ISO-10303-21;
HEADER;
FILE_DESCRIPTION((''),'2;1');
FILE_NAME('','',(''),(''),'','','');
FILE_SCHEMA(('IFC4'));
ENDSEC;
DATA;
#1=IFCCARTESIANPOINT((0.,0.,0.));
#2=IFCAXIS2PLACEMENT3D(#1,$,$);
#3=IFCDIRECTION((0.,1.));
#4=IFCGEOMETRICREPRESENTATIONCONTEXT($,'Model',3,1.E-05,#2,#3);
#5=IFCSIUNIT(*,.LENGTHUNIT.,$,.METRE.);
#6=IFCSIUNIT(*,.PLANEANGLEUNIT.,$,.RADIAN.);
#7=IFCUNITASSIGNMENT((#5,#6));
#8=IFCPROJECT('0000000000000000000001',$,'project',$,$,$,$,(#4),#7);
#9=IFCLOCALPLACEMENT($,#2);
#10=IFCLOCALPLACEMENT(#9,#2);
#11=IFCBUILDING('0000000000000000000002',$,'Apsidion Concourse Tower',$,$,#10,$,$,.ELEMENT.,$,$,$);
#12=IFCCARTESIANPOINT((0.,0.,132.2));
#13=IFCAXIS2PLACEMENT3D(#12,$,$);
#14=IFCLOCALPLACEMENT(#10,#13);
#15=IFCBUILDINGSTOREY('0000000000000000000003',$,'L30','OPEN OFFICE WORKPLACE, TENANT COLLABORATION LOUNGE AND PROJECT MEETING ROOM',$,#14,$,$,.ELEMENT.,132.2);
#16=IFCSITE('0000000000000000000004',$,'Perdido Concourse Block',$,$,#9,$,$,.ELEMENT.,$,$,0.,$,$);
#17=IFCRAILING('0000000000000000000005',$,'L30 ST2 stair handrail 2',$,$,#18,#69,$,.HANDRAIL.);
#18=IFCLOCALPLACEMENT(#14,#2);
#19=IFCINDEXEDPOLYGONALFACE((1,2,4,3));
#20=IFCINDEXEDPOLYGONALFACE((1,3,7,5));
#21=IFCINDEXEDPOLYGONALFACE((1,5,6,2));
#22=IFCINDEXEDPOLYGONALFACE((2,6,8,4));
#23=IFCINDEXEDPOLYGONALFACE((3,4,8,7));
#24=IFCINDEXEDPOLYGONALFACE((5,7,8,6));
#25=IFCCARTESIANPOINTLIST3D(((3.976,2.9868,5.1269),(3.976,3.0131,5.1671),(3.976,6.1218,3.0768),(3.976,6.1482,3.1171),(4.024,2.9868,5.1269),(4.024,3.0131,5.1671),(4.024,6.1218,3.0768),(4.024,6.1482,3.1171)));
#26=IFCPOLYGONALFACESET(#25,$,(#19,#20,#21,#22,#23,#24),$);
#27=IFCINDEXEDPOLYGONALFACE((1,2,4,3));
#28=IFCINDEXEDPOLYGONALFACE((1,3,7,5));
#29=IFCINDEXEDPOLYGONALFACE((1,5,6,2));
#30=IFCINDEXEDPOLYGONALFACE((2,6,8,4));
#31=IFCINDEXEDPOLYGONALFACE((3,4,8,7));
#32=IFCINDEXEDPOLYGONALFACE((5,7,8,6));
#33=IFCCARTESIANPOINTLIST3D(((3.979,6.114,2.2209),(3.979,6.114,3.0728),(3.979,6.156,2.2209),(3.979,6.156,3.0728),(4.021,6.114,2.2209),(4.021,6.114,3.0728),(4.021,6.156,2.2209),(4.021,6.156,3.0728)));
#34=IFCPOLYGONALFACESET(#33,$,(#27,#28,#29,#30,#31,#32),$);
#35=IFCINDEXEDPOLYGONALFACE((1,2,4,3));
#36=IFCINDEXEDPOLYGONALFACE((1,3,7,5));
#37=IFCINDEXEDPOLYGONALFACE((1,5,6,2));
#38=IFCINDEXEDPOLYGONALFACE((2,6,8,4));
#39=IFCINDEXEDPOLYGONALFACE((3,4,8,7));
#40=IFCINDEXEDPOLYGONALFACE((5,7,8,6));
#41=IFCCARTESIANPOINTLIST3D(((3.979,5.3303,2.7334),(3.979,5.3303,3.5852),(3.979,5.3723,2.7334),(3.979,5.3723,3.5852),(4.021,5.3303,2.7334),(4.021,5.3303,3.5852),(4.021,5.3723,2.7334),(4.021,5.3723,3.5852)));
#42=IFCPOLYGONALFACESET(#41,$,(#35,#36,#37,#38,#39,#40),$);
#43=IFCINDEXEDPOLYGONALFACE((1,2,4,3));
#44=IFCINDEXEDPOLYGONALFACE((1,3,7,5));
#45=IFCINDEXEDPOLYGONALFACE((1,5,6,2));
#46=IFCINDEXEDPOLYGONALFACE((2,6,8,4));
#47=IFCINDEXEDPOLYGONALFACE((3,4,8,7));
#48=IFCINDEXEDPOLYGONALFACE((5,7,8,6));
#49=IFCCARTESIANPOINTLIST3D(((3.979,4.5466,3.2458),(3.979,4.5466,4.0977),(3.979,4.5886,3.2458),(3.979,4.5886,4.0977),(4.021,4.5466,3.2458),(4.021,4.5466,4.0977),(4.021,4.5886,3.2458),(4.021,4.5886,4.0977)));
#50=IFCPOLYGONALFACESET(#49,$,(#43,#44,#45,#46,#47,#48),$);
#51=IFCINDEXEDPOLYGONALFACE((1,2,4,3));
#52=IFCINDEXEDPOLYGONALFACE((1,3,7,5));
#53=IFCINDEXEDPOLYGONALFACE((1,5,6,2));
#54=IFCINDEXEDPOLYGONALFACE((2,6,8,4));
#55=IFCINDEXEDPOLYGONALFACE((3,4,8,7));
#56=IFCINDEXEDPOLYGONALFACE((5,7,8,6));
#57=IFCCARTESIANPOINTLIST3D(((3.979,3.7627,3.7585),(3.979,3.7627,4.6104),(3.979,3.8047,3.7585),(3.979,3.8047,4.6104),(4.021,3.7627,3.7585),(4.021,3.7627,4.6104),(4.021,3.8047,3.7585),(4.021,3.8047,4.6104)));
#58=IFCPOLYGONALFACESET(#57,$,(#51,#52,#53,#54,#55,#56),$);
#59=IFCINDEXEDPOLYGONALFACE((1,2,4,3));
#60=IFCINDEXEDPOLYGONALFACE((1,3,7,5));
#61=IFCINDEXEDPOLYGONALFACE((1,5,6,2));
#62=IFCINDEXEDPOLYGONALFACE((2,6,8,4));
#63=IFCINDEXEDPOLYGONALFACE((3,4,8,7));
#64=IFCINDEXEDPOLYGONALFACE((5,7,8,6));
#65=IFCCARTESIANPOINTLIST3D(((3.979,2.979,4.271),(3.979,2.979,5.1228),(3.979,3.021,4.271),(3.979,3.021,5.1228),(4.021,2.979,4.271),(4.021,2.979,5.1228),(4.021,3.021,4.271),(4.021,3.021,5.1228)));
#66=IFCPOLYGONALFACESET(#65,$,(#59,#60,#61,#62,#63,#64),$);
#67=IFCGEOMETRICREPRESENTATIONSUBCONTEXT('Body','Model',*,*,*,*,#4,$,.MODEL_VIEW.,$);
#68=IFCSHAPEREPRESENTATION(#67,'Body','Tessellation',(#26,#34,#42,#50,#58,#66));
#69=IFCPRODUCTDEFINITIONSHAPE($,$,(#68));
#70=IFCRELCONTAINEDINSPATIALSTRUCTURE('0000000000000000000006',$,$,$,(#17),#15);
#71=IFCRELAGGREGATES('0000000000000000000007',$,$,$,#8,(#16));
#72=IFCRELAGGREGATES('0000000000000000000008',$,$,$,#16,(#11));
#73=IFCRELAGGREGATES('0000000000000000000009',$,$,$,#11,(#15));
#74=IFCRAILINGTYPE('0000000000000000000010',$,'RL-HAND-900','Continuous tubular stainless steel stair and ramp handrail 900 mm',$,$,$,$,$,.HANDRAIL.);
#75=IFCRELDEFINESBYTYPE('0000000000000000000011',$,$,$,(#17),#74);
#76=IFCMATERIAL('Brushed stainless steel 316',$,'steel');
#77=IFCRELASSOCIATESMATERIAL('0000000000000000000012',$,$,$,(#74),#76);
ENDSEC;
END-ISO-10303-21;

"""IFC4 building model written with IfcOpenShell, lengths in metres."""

from ifc_helpers import new_model, si_unit, direction, frame, origin, origin_2d, place, context, subcontext, project, spatial, rectangle, extrude, material, type_object, element, save


model = new_model("IFC4")

# Units and contexts
model_context = context("Model", 3, precision=1e-05, world=origin(), true_north=direction((0.0, 1.0)))
body_context = subcontext(model_context, "Body", "Model", "MODEL_VIEW")
ifc_project = project(units=[si_unit("LENGTHUNIT", "METRE"), si_unit("PLANEANGLEUNIT", "RADIAN")], contexts=[model_context])

# Site, building, storey
site_placement = place(None, origin())
site = spatial("IfcSite", under=ifc_project, at=site_placement, Name="Perdido Concourse Block", CompositionType="ELEMENT", RefElevation=0.0)
building_placement = place(site_placement, origin())
building = spatial("IfcBuilding", under=site, at=building_placement, Name="Apsidion Concourse Tower", CompositionType="ELEMENT")
storey_placement = place(building_placement, frame((0.0, 0.0, 132.2)))
storey = spatial("IfcBuildingStorey", under=building, at=storey_placement, Name="L30", Description="OPEN OFFICE WORKPLACE, TENANT COLLABORATION LOUNGE AND PROJECT MEETING ROOM", CompositionType="ELEMENT", Elevation=132.2)

# Shared definitions
ifc_material_1 = material(Name="Brushed stainless steel 316", Category="steel")

# Railing
railing_type_1 = type_object("IfcRailingType", Name="RL-HAND-900", Description="Continuous tubular stainless steel stair and ramp handrail 900 mm", PredefinedType="HANDRAIL", material=ifc_material_1)
railing_1_placement = place(storey_placement, frame((4.0, 6.135, 2.2209)))
element("IfcRailing", 1, at=railing_1_placement, inside=storey, type_object=railing_type_1, Name="L30 ST2 stair handrail 2", PredefinedType="HANDRAIL", context=body_context, shape_type="SweptSolid", body=[
    extrude(rectangle(XDim=0.0481, YDim=0.0481, at=origin_2d()), frame((0.0, 0.0, 0.876), z_axis=(0.0, -0.836941, 0.547293), x_axis=(1.0, 0.0, 0.0)), (0.0, 0.0, 1.0), 3.7458),
    extrude(rectangle(XDim=0.042, YDim=0.042, at=origin_2d()), origin(), (0.0, 0.0, 1.0), 0.8518),
    extrude(rectangle(XDim=0.042, YDim=0.042, at=origin_2d()), frame((0.0, -0.7837, 0.5125)), (0.0, 0.0, 1.0), 0.8518),
    extrude(rectangle(XDim=0.042, YDim=0.042, at=origin_2d()), frame((0.0, -1.5674, 1.0249)), (0.0, 0.0, 1.0), 0.8518),
    extrude(rectangle(XDim=0.042, YDim=0.042, at=origin_2d()), frame((0.0, -2.3513, 1.5376)), (0.0, 0.0, 1.0), 0.8518),
    extrude(rectangle(XDim=0.042, YDim=0.042, at=origin_2d()), frame((0.0, -3.135, 2.05)), (0.0, 0.0, 1.0), 0.8518),
])

save(model, "model.ifc")
